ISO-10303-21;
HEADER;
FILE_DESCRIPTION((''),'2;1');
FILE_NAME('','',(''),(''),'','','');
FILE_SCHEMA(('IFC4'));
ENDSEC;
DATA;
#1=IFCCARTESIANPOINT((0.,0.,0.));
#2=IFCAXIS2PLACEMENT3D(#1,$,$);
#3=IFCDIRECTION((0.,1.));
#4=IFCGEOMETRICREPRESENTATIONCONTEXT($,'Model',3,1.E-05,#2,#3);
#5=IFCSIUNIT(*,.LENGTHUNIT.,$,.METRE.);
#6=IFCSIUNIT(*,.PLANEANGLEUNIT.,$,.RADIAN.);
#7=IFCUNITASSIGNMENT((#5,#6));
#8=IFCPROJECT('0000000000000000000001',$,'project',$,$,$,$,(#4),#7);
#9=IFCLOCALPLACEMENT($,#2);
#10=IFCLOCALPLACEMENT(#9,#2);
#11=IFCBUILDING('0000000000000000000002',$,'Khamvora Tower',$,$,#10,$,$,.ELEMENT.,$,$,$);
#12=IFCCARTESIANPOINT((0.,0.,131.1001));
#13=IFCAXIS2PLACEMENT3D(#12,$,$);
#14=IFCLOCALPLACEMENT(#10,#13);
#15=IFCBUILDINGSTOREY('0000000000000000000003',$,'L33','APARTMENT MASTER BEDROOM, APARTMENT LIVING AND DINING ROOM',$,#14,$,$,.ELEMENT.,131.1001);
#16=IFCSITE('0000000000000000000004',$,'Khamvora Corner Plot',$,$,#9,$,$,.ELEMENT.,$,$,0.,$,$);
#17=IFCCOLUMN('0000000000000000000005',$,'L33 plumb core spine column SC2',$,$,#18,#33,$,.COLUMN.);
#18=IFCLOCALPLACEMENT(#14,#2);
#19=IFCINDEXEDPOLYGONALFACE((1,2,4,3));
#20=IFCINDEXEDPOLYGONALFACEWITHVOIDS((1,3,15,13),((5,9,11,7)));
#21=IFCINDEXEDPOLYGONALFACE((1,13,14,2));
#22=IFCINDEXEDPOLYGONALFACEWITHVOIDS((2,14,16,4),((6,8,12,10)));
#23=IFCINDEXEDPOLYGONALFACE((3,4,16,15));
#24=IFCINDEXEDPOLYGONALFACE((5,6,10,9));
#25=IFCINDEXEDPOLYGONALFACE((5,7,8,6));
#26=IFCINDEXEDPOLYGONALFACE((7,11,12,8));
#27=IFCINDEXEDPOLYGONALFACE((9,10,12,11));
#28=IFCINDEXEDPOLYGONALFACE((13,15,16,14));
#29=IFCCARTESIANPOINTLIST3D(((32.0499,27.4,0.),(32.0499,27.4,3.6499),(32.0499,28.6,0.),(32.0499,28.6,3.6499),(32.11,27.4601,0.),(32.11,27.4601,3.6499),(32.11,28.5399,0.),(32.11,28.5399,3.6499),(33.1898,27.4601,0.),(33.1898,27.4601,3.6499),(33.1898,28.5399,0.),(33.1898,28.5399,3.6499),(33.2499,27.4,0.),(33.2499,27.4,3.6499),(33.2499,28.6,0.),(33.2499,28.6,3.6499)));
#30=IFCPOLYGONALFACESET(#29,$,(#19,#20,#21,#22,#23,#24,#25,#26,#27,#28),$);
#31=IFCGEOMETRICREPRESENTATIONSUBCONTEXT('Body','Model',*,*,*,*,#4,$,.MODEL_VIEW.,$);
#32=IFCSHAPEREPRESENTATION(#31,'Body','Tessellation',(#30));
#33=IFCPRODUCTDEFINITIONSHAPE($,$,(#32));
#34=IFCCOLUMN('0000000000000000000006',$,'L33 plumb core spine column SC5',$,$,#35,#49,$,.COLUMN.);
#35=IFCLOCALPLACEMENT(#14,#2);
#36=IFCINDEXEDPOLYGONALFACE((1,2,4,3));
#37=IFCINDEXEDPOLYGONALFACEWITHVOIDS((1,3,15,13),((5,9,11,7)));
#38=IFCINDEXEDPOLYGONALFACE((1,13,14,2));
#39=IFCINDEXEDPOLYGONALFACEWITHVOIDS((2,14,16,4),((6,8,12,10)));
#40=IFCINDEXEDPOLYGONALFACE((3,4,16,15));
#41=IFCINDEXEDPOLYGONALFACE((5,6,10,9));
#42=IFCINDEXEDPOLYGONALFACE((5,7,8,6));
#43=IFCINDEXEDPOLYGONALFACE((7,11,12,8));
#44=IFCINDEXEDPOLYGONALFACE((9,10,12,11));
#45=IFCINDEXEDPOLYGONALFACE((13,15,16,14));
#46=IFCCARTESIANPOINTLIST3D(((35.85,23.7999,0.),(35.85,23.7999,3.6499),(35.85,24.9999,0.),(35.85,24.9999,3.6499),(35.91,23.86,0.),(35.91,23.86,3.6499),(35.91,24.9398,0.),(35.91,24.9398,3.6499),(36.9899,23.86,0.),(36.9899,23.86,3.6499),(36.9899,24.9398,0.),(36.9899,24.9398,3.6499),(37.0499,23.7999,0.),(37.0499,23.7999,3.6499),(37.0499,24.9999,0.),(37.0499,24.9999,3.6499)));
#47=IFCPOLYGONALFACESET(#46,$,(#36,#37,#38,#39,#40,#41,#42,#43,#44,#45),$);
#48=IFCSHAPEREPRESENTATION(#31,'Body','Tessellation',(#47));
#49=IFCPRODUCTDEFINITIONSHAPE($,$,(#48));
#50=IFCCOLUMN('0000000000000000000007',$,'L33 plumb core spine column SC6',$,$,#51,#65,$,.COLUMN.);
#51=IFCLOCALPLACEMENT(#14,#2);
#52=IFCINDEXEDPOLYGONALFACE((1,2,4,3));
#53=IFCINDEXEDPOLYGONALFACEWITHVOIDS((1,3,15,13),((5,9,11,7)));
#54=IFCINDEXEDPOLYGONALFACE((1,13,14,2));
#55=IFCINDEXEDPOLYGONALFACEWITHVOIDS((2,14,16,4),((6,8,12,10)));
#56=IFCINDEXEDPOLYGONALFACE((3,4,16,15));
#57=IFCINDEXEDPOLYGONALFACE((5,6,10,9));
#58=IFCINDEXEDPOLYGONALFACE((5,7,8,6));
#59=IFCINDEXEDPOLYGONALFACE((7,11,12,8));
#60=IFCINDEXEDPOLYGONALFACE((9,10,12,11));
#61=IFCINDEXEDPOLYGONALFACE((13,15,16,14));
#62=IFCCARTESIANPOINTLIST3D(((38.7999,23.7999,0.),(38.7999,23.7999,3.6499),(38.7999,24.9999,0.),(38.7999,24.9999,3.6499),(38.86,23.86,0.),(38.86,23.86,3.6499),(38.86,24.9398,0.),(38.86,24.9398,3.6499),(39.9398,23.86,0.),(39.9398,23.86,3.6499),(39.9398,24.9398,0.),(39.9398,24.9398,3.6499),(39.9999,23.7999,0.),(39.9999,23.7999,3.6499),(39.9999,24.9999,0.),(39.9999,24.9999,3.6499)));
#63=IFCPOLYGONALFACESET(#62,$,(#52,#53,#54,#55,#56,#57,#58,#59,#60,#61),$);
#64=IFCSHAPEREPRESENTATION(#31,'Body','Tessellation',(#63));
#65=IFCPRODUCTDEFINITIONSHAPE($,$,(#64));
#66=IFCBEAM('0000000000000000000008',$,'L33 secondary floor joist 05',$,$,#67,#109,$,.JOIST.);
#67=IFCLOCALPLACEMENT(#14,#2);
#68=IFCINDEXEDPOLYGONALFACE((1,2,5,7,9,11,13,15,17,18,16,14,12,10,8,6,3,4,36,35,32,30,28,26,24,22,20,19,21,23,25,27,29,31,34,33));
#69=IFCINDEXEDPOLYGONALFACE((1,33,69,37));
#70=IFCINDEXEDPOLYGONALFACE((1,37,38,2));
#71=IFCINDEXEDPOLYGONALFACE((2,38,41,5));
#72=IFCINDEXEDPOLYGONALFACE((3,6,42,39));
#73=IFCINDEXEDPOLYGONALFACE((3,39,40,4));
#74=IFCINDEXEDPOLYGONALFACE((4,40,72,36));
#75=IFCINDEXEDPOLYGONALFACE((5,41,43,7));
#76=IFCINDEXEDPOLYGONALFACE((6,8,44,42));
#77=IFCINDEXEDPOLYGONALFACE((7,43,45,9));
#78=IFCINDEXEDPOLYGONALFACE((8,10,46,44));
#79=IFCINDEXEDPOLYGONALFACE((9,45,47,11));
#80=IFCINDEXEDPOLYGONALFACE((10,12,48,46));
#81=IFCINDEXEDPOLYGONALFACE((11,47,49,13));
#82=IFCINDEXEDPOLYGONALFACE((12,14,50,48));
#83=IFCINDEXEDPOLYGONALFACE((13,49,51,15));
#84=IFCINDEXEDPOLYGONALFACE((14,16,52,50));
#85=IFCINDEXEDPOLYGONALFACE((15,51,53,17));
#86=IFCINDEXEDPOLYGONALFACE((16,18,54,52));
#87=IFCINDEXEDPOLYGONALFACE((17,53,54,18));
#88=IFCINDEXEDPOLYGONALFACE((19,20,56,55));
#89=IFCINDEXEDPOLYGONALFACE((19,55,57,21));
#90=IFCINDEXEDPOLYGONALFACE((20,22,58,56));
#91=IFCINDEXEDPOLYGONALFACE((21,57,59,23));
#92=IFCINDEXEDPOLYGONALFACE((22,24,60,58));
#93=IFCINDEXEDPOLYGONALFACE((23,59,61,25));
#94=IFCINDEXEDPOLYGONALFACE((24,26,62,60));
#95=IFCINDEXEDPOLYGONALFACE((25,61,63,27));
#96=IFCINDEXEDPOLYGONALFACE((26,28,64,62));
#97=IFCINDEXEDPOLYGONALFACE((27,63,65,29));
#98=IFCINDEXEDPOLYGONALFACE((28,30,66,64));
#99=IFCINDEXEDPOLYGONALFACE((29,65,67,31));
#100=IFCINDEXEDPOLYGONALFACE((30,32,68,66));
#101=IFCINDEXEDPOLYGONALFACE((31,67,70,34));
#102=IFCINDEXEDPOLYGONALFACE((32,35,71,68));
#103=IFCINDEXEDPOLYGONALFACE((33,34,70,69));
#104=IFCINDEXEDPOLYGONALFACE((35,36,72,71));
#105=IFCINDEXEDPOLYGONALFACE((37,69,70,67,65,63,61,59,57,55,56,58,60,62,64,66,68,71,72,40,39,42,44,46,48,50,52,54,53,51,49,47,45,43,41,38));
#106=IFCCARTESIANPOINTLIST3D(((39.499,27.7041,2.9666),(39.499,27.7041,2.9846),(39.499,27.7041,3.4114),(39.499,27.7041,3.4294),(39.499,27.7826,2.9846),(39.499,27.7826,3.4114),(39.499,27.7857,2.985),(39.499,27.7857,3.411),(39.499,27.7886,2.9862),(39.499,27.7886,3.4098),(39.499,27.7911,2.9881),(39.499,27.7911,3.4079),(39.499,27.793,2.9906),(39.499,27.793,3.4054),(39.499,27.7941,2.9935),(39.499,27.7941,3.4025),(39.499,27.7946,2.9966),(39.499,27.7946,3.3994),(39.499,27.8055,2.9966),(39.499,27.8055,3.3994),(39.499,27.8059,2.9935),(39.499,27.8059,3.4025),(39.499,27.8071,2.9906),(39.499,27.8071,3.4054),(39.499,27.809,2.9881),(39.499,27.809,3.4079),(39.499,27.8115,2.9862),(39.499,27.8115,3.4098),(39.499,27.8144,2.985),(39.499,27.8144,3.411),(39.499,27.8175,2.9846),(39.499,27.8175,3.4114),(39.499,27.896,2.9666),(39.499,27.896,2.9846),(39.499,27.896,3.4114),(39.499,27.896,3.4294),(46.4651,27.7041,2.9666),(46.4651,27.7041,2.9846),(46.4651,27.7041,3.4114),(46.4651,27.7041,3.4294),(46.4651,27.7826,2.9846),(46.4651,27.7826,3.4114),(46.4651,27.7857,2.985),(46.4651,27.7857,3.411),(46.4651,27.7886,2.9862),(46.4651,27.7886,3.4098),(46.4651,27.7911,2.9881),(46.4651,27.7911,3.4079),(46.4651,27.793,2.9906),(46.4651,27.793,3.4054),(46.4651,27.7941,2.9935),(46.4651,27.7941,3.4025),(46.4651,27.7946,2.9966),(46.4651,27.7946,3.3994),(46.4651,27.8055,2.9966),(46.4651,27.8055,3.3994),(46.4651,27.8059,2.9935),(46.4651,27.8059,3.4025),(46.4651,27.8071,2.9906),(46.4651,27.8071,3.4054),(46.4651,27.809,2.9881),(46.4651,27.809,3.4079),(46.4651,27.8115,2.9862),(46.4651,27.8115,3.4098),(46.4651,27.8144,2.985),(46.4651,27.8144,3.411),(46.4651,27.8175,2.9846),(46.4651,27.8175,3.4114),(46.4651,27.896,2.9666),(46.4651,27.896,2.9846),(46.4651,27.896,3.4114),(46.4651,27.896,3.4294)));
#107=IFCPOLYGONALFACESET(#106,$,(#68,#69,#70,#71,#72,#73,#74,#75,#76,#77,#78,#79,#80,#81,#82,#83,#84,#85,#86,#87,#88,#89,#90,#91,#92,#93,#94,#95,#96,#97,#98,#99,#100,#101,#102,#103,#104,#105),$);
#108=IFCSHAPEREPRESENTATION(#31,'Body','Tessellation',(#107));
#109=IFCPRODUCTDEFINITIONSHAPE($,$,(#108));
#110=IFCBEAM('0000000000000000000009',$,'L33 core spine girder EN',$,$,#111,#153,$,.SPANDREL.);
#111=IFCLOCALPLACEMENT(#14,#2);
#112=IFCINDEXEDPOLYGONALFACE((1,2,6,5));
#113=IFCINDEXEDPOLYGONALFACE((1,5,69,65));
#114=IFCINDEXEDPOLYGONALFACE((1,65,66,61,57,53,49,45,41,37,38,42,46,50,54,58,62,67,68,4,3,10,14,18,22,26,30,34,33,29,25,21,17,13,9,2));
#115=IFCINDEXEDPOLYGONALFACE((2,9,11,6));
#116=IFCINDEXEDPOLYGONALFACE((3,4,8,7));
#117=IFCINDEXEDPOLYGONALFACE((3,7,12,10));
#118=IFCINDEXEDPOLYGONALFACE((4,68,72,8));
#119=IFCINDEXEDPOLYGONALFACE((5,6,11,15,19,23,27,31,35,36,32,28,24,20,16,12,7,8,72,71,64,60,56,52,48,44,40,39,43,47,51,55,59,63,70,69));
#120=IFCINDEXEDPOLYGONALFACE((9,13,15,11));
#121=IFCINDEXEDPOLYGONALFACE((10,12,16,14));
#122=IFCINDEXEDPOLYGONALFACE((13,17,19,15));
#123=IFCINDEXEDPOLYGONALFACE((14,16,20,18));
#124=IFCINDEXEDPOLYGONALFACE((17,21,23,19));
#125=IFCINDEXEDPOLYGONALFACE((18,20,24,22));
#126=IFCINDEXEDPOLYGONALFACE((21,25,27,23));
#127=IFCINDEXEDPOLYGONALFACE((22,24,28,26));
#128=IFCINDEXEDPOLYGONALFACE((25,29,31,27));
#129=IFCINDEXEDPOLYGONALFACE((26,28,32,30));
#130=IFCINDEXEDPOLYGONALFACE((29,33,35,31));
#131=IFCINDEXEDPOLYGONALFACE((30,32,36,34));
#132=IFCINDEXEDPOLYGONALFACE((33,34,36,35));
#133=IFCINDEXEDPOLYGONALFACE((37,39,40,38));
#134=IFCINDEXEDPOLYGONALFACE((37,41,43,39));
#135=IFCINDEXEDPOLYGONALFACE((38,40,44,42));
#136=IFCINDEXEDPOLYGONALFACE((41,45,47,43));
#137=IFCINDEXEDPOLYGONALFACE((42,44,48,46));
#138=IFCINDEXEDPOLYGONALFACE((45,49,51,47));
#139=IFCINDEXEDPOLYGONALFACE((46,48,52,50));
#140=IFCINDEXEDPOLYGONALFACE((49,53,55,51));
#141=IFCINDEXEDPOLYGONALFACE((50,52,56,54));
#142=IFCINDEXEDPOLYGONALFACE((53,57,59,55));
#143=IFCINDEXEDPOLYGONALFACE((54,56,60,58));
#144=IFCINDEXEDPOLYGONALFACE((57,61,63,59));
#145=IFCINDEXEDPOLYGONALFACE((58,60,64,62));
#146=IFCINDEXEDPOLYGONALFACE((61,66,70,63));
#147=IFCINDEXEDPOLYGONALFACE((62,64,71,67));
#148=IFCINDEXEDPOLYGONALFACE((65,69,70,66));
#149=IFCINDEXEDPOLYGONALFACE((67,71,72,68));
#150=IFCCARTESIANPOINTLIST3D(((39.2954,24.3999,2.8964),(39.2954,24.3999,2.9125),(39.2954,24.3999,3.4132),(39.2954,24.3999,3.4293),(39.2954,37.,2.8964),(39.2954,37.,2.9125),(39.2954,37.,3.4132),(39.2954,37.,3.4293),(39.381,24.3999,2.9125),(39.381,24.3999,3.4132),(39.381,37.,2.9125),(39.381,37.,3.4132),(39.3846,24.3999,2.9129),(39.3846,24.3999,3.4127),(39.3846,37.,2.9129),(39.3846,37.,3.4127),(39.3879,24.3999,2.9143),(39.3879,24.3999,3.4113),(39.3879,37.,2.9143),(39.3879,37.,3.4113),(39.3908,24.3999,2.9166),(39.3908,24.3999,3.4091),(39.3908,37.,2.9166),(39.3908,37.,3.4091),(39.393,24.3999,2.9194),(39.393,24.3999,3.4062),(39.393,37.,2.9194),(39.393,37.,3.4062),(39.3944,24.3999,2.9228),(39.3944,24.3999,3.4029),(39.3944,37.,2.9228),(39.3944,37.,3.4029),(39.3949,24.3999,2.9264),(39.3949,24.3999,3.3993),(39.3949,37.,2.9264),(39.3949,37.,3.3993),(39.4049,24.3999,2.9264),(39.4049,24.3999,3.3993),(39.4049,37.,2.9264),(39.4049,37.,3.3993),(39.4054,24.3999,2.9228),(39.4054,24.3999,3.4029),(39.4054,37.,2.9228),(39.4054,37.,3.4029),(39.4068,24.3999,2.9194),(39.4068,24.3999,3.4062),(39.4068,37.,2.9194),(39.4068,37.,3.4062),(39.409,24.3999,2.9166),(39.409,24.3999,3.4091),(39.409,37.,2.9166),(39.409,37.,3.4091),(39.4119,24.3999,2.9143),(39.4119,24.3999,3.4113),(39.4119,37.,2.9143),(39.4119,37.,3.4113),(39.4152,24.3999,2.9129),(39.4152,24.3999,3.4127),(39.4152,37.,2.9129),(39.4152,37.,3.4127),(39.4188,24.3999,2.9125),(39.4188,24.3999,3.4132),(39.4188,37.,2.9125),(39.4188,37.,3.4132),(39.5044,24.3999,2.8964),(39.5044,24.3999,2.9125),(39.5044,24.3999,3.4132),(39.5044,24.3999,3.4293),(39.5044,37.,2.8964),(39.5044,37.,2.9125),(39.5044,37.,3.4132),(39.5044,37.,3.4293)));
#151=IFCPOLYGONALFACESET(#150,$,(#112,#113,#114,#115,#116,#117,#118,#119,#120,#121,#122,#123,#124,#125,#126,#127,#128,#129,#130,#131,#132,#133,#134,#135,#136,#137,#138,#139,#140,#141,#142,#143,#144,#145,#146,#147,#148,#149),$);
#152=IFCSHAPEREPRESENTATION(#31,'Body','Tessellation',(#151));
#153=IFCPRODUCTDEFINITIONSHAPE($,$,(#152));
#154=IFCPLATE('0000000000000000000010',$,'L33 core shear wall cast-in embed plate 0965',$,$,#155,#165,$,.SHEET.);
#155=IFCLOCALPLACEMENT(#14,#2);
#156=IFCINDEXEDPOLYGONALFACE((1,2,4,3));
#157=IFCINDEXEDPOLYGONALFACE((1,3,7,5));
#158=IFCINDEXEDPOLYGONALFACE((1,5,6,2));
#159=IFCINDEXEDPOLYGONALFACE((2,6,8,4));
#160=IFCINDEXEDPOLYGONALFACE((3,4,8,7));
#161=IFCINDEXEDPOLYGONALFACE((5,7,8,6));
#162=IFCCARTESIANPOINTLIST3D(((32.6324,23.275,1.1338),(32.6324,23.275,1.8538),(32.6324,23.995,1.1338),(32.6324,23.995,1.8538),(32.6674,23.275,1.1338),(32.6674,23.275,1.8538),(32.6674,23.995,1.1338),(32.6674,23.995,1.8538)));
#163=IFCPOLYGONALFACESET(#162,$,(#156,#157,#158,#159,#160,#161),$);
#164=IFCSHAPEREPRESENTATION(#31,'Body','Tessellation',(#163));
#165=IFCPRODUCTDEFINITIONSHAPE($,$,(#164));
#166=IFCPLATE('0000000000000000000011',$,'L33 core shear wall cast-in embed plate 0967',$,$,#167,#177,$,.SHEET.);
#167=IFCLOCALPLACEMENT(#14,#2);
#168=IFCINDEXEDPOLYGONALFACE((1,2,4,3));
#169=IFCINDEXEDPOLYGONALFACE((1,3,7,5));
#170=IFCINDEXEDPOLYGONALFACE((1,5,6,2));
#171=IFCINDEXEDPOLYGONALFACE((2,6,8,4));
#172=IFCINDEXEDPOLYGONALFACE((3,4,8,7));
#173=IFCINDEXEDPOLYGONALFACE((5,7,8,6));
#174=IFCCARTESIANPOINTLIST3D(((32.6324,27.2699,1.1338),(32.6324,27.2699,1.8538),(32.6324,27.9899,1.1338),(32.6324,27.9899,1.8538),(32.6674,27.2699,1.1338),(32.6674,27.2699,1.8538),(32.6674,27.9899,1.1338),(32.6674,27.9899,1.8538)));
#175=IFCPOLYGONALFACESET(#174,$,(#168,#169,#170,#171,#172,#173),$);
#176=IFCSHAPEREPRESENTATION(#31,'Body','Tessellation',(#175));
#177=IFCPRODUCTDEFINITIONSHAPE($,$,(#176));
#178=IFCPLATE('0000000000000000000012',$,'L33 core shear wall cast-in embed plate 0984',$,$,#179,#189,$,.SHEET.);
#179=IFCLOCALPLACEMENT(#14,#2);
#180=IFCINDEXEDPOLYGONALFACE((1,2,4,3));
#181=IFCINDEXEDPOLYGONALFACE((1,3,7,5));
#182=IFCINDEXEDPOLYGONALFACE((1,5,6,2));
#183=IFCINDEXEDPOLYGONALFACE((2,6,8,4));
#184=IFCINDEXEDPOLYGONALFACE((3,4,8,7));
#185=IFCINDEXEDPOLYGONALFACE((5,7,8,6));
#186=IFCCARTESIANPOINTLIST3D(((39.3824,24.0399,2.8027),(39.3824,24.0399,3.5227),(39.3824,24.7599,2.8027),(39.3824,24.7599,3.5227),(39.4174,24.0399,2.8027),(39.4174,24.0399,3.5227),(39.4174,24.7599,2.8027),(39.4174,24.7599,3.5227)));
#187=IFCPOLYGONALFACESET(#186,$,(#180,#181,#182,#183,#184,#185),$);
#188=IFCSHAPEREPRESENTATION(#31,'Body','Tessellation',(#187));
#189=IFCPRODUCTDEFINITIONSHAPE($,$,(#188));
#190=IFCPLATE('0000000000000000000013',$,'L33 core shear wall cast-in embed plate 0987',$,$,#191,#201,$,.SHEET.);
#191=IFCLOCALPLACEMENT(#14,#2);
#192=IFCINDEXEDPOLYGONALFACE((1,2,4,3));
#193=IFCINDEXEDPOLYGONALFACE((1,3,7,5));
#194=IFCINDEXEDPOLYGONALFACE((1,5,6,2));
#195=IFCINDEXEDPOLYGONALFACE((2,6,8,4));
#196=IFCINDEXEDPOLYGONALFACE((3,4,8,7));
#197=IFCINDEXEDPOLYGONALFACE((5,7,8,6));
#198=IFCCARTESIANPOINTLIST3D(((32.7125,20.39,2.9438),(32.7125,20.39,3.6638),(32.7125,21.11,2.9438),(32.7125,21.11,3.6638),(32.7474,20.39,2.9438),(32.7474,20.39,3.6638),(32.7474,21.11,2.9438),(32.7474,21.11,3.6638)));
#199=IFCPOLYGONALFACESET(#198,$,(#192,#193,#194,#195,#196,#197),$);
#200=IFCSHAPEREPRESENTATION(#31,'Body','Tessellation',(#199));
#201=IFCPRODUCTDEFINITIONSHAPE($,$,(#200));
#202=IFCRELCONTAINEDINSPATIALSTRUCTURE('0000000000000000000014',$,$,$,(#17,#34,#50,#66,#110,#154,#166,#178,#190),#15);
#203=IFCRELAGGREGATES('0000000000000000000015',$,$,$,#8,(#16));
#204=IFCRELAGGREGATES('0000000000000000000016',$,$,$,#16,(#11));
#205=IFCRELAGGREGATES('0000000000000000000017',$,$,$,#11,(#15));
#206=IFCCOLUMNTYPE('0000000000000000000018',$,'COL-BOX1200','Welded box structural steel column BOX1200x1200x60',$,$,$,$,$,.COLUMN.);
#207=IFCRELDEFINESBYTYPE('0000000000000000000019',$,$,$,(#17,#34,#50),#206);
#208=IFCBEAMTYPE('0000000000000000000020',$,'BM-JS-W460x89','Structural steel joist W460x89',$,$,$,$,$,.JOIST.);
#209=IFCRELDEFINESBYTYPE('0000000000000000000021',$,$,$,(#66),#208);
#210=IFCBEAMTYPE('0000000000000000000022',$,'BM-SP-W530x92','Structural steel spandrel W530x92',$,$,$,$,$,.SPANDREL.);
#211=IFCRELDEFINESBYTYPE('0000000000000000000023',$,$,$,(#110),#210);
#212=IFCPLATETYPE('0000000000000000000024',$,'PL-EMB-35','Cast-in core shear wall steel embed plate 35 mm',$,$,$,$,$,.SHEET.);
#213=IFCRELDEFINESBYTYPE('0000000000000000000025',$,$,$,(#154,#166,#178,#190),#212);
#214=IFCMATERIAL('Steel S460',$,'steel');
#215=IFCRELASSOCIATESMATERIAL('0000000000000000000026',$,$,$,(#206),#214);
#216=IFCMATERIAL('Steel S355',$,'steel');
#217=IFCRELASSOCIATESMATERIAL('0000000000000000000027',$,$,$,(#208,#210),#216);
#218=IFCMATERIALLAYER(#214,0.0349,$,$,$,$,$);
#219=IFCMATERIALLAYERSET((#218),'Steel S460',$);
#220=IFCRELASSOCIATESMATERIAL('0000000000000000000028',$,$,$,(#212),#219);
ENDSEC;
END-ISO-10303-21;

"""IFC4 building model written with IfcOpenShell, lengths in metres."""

from ifc_helpers import new_model, si_unit, direction, frame, origin, origin_2d, place, context, subcontext, project, spatial, rectangle, hollow_rectangle, i_section, extrude, material, layer, layer_set, material_profile, profile_set, type_object, element, save


model = new_model("IFC4")

# Units and contexts
model_context = context("Model", 3, precision=1e-05, world=origin(), true_north=direction((0.0, 1.0)))
body_context = subcontext(model_context, "Body", "Model", "MODEL_VIEW")
ifc_project = project(units=[si_unit("LENGTHUNIT", "METRE"), si_unit("PLANEANGLEUNIT", "RADIAN")], contexts=[model_context])

# Site, building, storey
site_placement = place(None, origin())
site = spatial("IfcSite", under=ifc_project, at=site_placement, Name="Khamvora Corner Plot", CompositionType="ELEMENT", RefElevation=0.0)
building_placement = place(site_placement, origin())
building = spatial("IfcBuilding", under=site, at=building_placement, Name="Khamvora Tower", CompositionType="ELEMENT")
storey_placement = place(building_placement, frame((0.0, 0.0, 131.1001)))
storey = spatial("IfcBuildingStorey", under=building, at=storey_placement, Name="L33", Description="APARTMENT MASTER BEDROOM, APARTMENT LIVING AND DINING ROOM", CompositionType="ELEMENT", Elevation=131.1001)

# Columns
ifc_material_1 = material(Name="Steel S460", Category="steel")
ifc_material_profile_1 = material_profile(ifc_material_1, hollow_rectangle(XDim=1.2, YDim=1.2, WallThickness=0.0601, at=origin_2d()), Name="BOX1200x1200x60")
ifc_profile_set_1 = profile_set([ifc_material_profile_1], Name="Steel S460")
column_type = type_object("IfcColumnType", Name="COL-BOX1200", Description="Welded box structural steel column BOX1200x1200x60", PredefinedType="COLUMN", material=ifc_profile_set_1)
for number, where, z_axis, x_axis, name in (
    (1, (32.6499, 28.0, 0.0), (0.0, 0.0, 1.0), (1.0, 0.0, 0.0), "L33 plumb core spine column SC2"),
    (2, (36.45, 24.3999, 0.0), (0.0, 0.0, 1.0), (1.0, 0.0, 0.0), "L33 plumb core spine column SC5"),
    (3, (39.3999, 24.3999, 0.0), (0.0, 0.0, 1.0), (1.0, 0.0, 0.0), "L33 plumb core spine column SC6"),
):
    element("IfcColumn", number, at=place(storey_placement, frame(where, z_axis=z_axis, x_axis=x_axis)), inside=storey, type_object=column_type, Name=name, PredefinedType="COLUMN", context=body_context, shape_type="SweptSolid", body=[
        extrude(hollow_rectangle(XDim=1.2, YDim=1.2, WallThickness=0.0601, at=origin_2d()), origin(), (0.0, 0.0, 1.0), 3.6499),
    ])

# Beams
ifc_material_2 = material(Name="Steel S355", Category="steel")
ifc_material_profile_2 = material_profile(ifc_material_2, i_section(OverallWidth=0.1919, OverallDepth=0.4629, WebThickness=0.011, FlangeThickness=0.0181, FilletRadius=0.012, at=origin_2d()), Name="W460x89")
ifc_profile_set_2 = profile_set([ifc_material_profile_2], Name="Steel S355")
beam_type_1 = type_object("IfcBeamType", Name="BM-JS-W460x89", Description="Structural steel joist W460x89", PredefinedType="JOIST", material=ifc_profile_set_2)
beam_1_placement = place(storey_placement, frame((39.499, 27.8, 3.198), z_axis=(1.0, 0.0, 0.0), x_axis=(0.0, 1.0, 0.0)))
element("IfcBeam", 4, at=beam_1_placement, inside=storey, type_object=beam_type_1, Name="L33 secondary floor joist 05", PredefinedType="JOIST", context=body_context, shape_type="SweptSolid", body=[
    extrude(i_section(OverallWidth=0.1919, OverallDepth=0.4629, WebThickness=0.011, FlangeThickness=0.0181, FilletRadius=0.012, at=origin_2d()), origin(), (0.0, 0.0, 1.0), 6.9661),
])
ifc_material_profile_3 = material_profile(ifc_material_2, i_section(OverallWidth=0.209, OverallDepth=0.533, WebThickness=0.01, FlangeThickness=0.0161, FilletRadius=0.0139, at=origin_2d()), Name="W530x92")
ifc_profile_set_3 = profile_set([ifc_material_profile_3], Name="Steel S355")
beam_type_2 = type_object("IfcBeamType", Name="BM-SP-W530x92", Description="Structural steel spandrel W530x92", PredefinedType="SPANDREL", material=ifc_profile_set_3)
beam_2_placement = place(storey_placement, frame((39.3999, 24.3999, 3.1628), z_axis=(0.0, 1.0, 0.0), x_axis=(-1.0, 0.0, 0.0)))
element("IfcBeam", 5, at=beam_2_placement, inside=storey, type_object=beam_type_2, Name="L33 core spine girder EN", PredefinedType="SPANDREL", context=body_context, shape_type="SweptSolid", body=[
    extrude(i_section(OverallWidth=0.209, OverallDepth=0.533, WebThickness=0.01, FlangeThickness=0.0161, FilletRadius=0.0139, at=origin_2d()), origin(), (0.0, 0.0, 1.0), 12.6001),
])

# Plates
ifc_layer_1 = layer(ifc_material_1, 0.0349)
ifc_layer_set_1 = layer_set([ifc_layer_1], Name="Steel S460")
plate_type = type_object("IfcPlateType", Name="PL-EMB-35", Description="Cast-in core shear wall steel embed plate 35 mm", PredefinedType="SHEET", material=ifc_layer_set_1)
for number, where, z_axis, x_axis, name in (
    (6, (32.6499, 23.635, 1.1338), (0.0, 0.0, 1.0), (1.0, 0.0, 0.0), "L33 core shear wall cast-in embed plate 0965"),
    (7, (32.6499, 27.6299, 1.1338), (0.0, 0.0, 1.0), (1.0, 0.0, 0.0), "L33 core shear wall cast-in embed plate 0967"),
    (8, (39.3999, 24.3999, 2.8027), (0.0, 0.0, 1.0), (1.0, 0.0, 0.0), "L33 core shear wall cast-in embed plate 0984"),
    (9, (32.73, 20.75, 2.9438), (0.0, 0.0, 1.0), (1.0, 0.0, 0.0), "L33 core shear wall cast-in embed plate 0987"),
):
    element("IfcPlate", number, at=place(storey_placement, frame(where, z_axis=z_axis, x_axis=x_axis)), inside=storey, type_object=plate_type, Name=name, PredefinedType="SHEET", context=body_context, shape_type="SweptSolid", body=[
        extrude(rectangle(XDim=0.0349, YDim=0.72, at=origin_2d()), origin(), (0.0, 0.0, 1.0), 0.72),
    ])

save(model, "model.ifc")
